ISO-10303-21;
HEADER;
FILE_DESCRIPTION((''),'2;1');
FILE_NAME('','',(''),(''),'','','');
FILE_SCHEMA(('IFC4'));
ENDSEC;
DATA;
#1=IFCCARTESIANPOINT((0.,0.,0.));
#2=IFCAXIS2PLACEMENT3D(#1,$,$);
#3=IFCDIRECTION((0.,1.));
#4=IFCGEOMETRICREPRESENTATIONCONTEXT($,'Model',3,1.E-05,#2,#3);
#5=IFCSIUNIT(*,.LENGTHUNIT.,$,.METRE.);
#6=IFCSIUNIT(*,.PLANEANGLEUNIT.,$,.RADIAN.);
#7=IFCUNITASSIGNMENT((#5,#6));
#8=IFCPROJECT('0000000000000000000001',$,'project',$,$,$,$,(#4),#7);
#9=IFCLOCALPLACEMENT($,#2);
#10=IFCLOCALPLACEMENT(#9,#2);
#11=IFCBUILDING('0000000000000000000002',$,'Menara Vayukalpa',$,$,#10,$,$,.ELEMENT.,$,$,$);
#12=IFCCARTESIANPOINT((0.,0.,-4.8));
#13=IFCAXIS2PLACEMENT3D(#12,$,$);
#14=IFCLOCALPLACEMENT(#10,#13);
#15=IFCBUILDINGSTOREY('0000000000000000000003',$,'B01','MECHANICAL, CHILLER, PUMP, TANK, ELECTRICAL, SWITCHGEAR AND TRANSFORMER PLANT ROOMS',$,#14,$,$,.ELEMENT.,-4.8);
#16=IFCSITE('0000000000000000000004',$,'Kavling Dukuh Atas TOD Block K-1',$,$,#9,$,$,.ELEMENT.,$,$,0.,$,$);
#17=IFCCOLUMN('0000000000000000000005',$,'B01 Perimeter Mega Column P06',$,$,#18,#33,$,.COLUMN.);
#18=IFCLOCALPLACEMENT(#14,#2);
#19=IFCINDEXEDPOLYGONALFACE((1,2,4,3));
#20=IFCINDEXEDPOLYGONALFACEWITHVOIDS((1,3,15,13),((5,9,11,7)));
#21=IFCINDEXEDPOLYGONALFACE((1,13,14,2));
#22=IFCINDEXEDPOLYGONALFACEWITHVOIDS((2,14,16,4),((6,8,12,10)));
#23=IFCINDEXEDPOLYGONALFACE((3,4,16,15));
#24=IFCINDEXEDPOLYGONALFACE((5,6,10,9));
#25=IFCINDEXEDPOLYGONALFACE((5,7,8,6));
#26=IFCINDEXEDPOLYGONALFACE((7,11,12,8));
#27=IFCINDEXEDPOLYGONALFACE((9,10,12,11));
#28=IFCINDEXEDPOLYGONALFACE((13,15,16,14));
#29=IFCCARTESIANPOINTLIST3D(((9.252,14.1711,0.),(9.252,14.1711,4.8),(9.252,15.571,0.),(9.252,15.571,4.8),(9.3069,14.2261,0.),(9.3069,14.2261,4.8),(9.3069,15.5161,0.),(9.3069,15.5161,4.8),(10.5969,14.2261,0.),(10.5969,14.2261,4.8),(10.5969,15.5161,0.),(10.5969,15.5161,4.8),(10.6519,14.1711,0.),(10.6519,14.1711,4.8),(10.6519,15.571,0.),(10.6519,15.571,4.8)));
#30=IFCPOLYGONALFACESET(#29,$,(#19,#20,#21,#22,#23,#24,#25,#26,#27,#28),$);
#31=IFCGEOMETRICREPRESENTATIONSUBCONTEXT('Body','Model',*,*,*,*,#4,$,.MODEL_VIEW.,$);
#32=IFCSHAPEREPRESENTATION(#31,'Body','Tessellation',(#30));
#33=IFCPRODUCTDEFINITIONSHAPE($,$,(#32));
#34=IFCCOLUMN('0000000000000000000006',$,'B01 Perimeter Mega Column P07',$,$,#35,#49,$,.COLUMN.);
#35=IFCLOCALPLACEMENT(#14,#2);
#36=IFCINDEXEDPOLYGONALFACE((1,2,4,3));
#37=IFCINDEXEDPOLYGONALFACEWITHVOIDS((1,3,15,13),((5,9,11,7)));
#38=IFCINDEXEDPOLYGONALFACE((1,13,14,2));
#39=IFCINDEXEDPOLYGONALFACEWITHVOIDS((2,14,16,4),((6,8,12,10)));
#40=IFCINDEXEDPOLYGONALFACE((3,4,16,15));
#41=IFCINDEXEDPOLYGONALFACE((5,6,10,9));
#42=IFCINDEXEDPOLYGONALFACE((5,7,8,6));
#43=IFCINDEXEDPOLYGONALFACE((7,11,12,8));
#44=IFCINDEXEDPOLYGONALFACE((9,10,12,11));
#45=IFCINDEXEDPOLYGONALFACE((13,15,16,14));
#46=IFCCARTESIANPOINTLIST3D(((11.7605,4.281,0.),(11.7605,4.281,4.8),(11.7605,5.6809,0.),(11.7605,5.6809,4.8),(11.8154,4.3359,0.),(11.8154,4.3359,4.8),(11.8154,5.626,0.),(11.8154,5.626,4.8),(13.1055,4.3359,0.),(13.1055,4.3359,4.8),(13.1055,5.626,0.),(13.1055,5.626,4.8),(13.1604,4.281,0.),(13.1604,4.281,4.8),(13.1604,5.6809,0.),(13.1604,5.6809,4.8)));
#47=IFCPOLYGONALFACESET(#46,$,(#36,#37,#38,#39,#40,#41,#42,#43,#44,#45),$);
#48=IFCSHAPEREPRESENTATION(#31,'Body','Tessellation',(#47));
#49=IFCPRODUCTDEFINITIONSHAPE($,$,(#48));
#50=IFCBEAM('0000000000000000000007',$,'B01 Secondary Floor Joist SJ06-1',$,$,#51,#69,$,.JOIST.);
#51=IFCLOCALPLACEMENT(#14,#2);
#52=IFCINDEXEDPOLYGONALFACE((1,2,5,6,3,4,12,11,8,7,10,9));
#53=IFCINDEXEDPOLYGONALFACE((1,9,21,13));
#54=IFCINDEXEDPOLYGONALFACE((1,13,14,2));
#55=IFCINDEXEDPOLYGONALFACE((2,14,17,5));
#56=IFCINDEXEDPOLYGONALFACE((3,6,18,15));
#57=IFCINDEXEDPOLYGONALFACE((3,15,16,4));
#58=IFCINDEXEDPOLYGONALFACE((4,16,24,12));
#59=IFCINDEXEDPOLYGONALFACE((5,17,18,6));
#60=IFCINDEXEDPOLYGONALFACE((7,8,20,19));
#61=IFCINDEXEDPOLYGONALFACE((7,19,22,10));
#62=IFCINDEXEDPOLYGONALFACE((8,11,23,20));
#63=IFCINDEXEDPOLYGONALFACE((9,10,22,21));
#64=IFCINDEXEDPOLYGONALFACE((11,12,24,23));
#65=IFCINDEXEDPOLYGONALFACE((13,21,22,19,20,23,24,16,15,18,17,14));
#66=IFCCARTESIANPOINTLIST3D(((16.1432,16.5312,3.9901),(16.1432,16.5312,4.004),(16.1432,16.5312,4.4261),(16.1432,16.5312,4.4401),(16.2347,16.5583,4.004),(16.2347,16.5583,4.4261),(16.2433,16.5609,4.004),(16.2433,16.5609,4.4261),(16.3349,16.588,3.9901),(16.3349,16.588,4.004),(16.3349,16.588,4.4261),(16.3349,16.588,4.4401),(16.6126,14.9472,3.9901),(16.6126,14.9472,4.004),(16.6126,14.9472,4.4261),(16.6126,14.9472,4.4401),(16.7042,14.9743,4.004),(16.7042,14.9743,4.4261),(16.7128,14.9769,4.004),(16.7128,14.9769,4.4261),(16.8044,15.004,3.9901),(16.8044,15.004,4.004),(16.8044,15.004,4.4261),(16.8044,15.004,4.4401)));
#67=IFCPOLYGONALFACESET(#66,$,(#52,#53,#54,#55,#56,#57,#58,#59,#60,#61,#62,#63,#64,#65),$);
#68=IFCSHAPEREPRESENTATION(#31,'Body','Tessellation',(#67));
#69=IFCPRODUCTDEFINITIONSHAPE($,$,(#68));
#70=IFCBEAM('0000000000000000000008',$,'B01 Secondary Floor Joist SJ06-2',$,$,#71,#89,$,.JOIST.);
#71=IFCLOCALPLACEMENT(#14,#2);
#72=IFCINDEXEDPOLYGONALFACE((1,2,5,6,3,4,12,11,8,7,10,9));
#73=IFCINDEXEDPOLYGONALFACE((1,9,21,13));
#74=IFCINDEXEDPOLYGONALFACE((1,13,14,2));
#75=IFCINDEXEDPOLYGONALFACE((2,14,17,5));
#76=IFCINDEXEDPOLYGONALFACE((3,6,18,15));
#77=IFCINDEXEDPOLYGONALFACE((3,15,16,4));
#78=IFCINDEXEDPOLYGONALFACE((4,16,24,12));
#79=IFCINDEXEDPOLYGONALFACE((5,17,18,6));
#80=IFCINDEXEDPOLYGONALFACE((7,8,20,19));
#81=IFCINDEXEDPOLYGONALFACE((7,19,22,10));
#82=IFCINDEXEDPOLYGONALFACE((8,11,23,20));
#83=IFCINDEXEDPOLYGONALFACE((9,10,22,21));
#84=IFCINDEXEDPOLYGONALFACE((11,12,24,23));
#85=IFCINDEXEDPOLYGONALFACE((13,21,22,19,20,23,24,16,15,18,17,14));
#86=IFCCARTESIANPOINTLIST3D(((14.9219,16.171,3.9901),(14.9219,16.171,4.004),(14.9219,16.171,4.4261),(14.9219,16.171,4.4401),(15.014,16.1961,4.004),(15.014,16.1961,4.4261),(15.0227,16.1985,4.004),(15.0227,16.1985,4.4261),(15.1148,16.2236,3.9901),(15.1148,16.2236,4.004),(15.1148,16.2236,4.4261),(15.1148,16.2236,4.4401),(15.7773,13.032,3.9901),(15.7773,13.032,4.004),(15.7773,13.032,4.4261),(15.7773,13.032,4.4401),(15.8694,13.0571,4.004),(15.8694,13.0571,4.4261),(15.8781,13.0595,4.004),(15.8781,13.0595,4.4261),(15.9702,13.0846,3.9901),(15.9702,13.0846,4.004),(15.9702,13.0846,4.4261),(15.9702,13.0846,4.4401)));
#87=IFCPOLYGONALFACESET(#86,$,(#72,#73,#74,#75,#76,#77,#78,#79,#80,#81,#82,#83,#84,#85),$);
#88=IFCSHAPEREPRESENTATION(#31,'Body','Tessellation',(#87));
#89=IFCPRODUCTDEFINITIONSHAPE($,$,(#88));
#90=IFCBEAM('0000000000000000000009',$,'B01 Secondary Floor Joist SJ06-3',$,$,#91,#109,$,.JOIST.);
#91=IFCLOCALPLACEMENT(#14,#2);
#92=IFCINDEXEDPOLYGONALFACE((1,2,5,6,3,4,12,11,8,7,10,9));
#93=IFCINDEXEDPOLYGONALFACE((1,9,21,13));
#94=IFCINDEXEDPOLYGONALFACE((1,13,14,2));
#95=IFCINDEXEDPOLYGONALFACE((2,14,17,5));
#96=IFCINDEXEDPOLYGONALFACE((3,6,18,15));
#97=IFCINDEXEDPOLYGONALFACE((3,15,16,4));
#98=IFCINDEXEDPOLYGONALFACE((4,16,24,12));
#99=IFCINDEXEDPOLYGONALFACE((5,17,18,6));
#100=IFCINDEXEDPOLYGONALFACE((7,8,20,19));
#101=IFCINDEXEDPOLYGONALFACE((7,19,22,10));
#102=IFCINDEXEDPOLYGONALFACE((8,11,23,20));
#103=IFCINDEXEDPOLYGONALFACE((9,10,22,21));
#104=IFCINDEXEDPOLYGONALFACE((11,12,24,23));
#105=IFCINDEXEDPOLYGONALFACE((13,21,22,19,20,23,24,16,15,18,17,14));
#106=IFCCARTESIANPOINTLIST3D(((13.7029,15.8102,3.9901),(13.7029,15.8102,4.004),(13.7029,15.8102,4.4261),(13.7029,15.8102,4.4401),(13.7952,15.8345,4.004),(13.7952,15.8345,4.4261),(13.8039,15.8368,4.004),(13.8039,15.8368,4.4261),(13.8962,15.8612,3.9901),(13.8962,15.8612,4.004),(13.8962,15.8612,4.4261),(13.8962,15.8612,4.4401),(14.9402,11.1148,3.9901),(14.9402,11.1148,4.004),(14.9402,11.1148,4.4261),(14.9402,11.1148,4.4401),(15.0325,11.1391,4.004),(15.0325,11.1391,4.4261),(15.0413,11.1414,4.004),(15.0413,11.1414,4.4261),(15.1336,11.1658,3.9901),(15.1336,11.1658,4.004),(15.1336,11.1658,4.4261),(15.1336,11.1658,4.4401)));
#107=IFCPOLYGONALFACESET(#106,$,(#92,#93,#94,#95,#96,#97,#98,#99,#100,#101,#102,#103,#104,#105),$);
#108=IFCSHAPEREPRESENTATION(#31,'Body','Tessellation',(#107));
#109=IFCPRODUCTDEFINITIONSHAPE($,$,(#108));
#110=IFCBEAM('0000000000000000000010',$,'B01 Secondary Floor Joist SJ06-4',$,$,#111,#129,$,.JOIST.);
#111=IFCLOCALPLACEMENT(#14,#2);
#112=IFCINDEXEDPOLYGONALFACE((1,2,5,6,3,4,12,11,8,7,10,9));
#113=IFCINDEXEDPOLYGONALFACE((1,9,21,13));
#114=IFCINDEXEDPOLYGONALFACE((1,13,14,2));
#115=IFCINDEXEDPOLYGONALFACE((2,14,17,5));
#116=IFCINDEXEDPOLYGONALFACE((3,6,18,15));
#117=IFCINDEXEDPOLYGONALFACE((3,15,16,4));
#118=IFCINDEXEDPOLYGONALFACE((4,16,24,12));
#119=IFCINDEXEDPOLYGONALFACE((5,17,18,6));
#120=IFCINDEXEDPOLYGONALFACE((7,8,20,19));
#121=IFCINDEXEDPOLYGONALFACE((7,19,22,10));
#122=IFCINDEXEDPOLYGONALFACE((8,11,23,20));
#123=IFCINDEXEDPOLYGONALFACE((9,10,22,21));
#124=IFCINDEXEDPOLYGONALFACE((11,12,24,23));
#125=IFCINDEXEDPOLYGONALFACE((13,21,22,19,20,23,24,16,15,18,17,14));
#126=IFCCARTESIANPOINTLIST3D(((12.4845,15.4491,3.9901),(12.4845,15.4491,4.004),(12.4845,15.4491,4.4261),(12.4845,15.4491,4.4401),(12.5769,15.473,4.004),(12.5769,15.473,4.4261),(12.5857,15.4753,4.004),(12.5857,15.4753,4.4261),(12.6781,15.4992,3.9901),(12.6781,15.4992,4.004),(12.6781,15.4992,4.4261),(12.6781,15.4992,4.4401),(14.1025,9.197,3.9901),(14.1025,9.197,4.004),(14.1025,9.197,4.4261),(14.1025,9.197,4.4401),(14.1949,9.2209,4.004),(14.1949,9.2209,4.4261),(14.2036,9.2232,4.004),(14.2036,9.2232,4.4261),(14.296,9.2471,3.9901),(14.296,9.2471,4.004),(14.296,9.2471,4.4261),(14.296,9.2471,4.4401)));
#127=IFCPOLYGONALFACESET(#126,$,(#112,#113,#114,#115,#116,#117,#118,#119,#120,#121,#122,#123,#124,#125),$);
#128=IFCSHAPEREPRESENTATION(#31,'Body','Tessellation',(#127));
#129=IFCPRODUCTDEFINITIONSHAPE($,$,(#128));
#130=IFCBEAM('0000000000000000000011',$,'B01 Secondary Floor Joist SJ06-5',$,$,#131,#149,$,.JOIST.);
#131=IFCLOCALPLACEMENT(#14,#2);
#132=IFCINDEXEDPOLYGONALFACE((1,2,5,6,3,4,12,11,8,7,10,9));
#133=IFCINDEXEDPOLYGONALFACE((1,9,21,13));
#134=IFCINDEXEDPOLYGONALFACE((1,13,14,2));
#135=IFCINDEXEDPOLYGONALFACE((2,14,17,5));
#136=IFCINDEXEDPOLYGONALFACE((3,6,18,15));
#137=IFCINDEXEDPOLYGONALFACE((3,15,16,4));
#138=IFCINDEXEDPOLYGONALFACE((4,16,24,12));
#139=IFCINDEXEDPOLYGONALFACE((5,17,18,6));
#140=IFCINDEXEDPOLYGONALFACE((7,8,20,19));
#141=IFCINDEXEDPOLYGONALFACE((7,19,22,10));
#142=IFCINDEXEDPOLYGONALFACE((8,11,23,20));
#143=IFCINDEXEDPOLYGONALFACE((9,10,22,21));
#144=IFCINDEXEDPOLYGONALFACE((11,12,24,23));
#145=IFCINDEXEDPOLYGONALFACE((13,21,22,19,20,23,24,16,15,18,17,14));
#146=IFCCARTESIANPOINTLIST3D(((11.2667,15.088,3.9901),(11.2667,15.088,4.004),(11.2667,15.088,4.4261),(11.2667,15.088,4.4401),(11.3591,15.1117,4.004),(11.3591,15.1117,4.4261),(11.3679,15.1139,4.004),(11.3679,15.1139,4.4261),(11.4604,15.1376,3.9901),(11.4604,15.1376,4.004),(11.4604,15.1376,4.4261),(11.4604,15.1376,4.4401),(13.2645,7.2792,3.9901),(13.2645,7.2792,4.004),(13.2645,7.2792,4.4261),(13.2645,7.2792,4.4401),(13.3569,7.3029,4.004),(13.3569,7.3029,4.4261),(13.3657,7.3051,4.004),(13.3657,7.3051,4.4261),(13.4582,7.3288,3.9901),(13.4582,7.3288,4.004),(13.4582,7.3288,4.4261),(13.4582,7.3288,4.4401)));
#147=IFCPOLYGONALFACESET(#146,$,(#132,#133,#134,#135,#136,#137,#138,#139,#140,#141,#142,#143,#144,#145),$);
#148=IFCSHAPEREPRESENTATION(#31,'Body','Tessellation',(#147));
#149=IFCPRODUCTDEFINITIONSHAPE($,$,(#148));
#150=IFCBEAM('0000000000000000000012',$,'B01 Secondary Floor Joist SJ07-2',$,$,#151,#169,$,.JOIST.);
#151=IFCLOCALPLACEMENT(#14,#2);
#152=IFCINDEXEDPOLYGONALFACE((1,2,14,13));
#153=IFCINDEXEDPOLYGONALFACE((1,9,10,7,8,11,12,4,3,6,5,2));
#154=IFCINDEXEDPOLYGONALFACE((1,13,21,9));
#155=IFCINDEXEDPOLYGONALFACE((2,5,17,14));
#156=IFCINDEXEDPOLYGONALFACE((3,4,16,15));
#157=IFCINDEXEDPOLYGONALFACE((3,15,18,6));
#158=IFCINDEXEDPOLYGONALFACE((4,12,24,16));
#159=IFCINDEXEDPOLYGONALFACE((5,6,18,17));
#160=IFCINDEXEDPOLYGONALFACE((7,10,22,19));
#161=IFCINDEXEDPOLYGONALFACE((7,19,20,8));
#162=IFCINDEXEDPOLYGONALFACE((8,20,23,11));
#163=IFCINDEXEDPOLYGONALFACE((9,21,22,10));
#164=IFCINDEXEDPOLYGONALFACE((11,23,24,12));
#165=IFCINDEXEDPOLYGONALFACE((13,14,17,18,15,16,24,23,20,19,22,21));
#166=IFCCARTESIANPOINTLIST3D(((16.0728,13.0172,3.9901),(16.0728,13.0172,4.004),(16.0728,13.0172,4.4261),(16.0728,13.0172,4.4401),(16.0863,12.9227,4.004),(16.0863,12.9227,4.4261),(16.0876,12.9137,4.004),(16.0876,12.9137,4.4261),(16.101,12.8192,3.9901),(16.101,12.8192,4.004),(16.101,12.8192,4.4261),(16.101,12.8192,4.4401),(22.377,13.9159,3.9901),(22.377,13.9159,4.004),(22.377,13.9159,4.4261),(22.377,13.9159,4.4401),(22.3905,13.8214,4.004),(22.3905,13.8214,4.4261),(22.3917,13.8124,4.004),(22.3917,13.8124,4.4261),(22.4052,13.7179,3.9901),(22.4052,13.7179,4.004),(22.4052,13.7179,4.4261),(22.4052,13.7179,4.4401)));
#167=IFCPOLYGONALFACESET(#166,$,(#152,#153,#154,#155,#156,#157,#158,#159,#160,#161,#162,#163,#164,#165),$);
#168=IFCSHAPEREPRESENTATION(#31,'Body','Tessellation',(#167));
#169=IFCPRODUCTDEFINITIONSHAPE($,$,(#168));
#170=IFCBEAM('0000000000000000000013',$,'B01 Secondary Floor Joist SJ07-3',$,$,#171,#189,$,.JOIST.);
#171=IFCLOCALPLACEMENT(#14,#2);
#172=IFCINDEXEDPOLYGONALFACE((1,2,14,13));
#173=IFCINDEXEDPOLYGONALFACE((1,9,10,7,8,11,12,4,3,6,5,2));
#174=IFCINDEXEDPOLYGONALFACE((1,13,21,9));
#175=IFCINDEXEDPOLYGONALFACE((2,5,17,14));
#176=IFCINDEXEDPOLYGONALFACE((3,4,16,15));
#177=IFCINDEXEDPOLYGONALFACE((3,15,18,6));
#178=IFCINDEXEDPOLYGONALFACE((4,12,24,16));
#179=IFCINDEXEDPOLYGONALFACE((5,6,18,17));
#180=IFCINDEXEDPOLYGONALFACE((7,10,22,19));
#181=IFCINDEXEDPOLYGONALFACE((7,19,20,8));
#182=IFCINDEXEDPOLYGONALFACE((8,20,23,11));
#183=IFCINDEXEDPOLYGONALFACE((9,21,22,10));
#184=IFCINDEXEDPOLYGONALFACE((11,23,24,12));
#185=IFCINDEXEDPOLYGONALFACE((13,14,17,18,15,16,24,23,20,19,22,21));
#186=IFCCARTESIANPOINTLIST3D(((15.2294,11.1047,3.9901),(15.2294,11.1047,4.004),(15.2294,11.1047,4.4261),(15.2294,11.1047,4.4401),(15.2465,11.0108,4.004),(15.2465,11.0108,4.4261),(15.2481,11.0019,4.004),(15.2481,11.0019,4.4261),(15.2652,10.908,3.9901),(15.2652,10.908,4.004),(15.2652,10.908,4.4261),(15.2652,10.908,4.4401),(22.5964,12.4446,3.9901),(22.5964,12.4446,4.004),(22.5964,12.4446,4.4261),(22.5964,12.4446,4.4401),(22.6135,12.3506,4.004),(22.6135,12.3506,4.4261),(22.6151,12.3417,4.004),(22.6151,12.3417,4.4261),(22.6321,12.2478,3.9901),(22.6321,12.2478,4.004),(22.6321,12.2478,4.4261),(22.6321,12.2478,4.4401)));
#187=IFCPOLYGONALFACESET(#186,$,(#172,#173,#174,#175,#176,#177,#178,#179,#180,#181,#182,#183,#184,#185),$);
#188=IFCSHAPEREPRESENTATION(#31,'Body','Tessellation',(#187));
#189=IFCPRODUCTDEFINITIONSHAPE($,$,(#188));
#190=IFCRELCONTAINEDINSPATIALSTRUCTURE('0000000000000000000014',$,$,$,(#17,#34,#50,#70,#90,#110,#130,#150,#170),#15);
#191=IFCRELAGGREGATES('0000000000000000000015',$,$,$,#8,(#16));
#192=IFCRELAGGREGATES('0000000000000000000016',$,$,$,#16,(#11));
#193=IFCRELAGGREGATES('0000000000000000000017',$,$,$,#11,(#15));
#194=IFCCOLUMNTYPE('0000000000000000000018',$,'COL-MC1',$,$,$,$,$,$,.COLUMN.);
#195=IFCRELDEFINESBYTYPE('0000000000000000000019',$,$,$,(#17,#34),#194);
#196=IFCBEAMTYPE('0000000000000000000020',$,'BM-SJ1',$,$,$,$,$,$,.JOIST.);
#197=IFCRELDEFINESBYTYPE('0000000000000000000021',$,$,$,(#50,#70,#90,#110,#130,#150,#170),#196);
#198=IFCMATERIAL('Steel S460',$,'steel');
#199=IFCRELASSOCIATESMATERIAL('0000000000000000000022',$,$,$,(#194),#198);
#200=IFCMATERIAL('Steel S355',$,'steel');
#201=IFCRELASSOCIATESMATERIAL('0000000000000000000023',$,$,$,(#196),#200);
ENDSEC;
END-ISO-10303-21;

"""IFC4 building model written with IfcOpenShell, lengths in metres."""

from ifc_helpers import new_model, si_unit, direction, frame, origin, origin_2d, place, context, subcontext, project, spatial, hollow_rectangle, i_section, extrude, material, material_profile, profile_set, type_object, element, save


model = new_model("IFC4")

# Units and contexts
model_context = context("Model", 3, precision=1e-05, world=origin(), true_north=direction((0.0, 1.0)))
body_context = subcontext(model_context, "Body", "Model", "MODEL_VIEW")
ifc_project = project(units=[si_unit("LENGTHUNIT", "METRE"), si_unit("PLANEANGLEUNIT", "RADIAN")], contexts=[model_context])

# Site, building, storey
site_placement = place(None, origin())
site = spatial("IfcSite", under=ifc_project, at=site_placement, Name="Kavling Dukuh Atas TOD Block K-1", CompositionType="ELEMENT", RefElevation=0.0)
building_placement = place(site_placement, origin())
building = spatial("IfcBuilding", under=site, at=building_placement, Name="Menara Vayukalpa", CompositionType="ELEMENT")
storey_placement = place(building_placement, frame((0.0, 0.0, -4.8)))
storey = spatial("IfcBuildingStorey", under=building, at=storey_placement, Name="B01", Description="MECHANICAL, CHILLER, PUMP, TANK, ELECTRICAL, SWITCHGEAR AND TRANSFORMER PLANT ROOMS", CompositionType="ELEMENT", Elevation=-4.8)

# Columns
ifc_material_1 = material(Name="Steel S460", Category="steel")
ifc_material_profile_1 = material_profile(ifc_material_1, hollow_rectangle(XDim=1.3999, YDim=1.3999, WallThickness=0.0549, at=origin_2d()), Name="BOX 1400x1400x55")
ifc_profile_set_1 = profile_set([ifc_material_profile_1], Name="Steel S460")
column_type = type_object("IfcColumnType", Name="COL-MC1", PredefinedType="COLUMN", material=ifc_profile_set_1)
for number, where, z_axis, x_axis, name in (
    (1, (9.9519, 14.8711, 0.0), (0.0, 0.0, 1.0), (1.0, 0.0, 0.0), "B01 Perimeter Mega Column P06"),
    (2, (12.4604, 4.981, 0.0), (0.0, 0.0, 1.0), (1.0, 0.0, 0.0), "B01 Perimeter Mega Column P07"),
):
    element("IfcColumn", number, at=place(storey_placement, frame(where, z_axis=z_axis, x_axis=x_axis)), inside=storey, type_object=column_type, Name=name, PredefinedType="COLUMN", context=body_context, shape_type="SweptSolid", body=[
        extrude(hollow_rectangle(XDim=1.3999, YDim=1.3999, WallThickness=0.0549, at=origin_2d()), origin(), (0.0, 0.0, 1.0), 4.8),
    ])

# Beams
ifc_material_2 = material(Name="Steel S355", Category="steel")
ifc_material_profile_2 = material_profile(ifc_material_2, i_section(OverallWidth=0.2, OverallDepth=0.45, WebThickness=0.009, FlangeThickness=0.0139, at=origin_2d()), Name="WF 450x200x9x14")
ifc_profile_set_2 = profile_set([ifc_material_profile_2], Name="Steel S355")
beam_type_1 = type_object("IfcBeamType", Name="BM-SJ1", PredefinedType="JOIST", material=ifc_profile_set_2)
beam_1_placement = place(storey_placement, frame((16.239, 16.5596, 4.2151), z_axis=(0.284174, -0.958773, 0.0), x_axis=(0.958773, 0.284174, 0.0)))
element("IfcBeam", 3, at=beam_1_placement, inside=storey, type_object=beam_type_1, Name="B01 Secondary Floor Joist SJ06-1", PredefinedType="JOIST", context=body_context, shape_type="SweptSolid", body=[
    extrude(i_section(OverallWidth=0.2, OverallDepth=0.45, WebThickness=0.009, FlangeThickness=0.0139, at=origin_2d()), origin(), (0.0, 0.0, 1.0), 1.6521),
])
beam_2_placement = place(storey_placement, frame((15.0183, 16.1973, 4.2151), z_axis=(0.262946, -0.964811, 0.0), x_axis=(0.964811, 0.262946, 0.0)))
element("IfcBeam", 4, at=beam_2_placement, inside=storey, type_object=beam_type_1, Name="B01 Secondary Floor Joist SJ06-2", PredefinedType="JOIST", context=body_context, shape_type="SweptSolid", body=[
    extrude(i_section(OverallWidth=0.2, OverallDepth=0.45, WebThickness=0.009, FlangeThickness=0.0139, at=origin_2d()), origin(), (0.0, 0.0, 1.0), 3.2534),
])
beam_3_placement = place(storey_placement, frame((13.7996, 15.8357, 4.2151), z_axis=(0.25482, -0.966989, 0.0), x_axis=(0.966989, 0.25482, 0.0)))
element("IfcBeam", 5, at=beam_3_placement, inside=storey, type_object=beam_type_1, Name="B01 Secondary Floor Joist SJ06-3", PredefinedType="JOIST", context=body_context, shape_type="SweptSolid", body=[
    extrude(i_section(OverallWidth=0.2, OverallDepth=0.45, WebThickness=0.009, FlangeThickness=0.0139, at=origin_2d()), origin(), (0.0, 0.0, 1.0), 4.8557),
])
beam_4_placement = place(storey_placement, frame((12.5813, 15.4741, 4.2151), z_axis=(0.250533, -0.968108, 0.0), x_axis=(0.968108, 0.250533, 0.0)))
element("IfcBeam", 6, at=beam_4_placement, inside=storey, type_object=beam_type_1, Name="B01 Secondary Floor Joist SJ06-4", PredefinedType="JOIST", context=body_context, shape_type="SweptSolid", body=[
    extrude(i_section(OverallWidth=0.2, OverallDepth=0.45, WebThickness=0.009, FlangeThickness=0.0139, at=origin_2d()), origin(), (0.0, 0.0, 1.0), 6.458),
])
beam_5_placement = place(storey_placement, frame((11.3635, 15.1128, 4.2151), z_axis=(0.247856, -0.968797, 0.0), x_axis=(0.968797, 0.247856, 0.0)))
element("IfcBeam", 7, at=beam_5_placement, inside=storey, type_object=beam_type_1, Name="B01 Secondary Floor Joist SJ06-5", PredefinedType="JOIST", context=body_context, shape_type="SweptSolid", body=[
    extrude(i_section(OverallWidth=0.2, OverallDepth=0.45, WebThickness=0.009, FlangeThickness=0.0139, at=origin_2d()), origin(), (0.0, 0.0, 1.0), 8.0603),
])
beam_6_placement = place(storey_placement, frame((16.0869, 12.9182, 4.2151), z_axis=(0.989992, 0.141126, 0.0), x_axis=(-0.141126, 0.989992, 0.0)))
element("IfcBeam", 8, at=beam_6_placement, inside=storey, type_object=beam_type_1, Name="B01 Secondary Floor Joist SJ07-2", PredefinedType="JOIST", context=body_context, shape_type="SweptSolid", body=[
    extrude(i_section(OverallWidth=0.2, OverallDepth=0.45, WebThickness=0.009, FlangeThickness=0.0139, at=origin_2d()), origin(), (0.0, 0.0, 1.0), 6.3679),
])
beam_7_placement = place(storey_placement, frame((15.2473, 11.0063, 4.2151), z_axis=(0.983861, 0.178937, 0.0), x_axis=(-0.178937, 0.983861, 0.0)))
element("IfcBeam", 9, at=beam_7_placement, inside=storey, type_object=beam_type_1, Name="B01 Secondary Floor Joist SJ07-3", PredefinedType="JOIST", context=body_context, shape_type="SweptSolid", body=[
    extrude(i_section(OverallWidth=0.2, OverallDepth=0.45, WebThickness=0.009, FlangeThickness=0.0139, at=origin_2d()), origin(), (0.0, 0.0, 1.0), 7.4878),
])

save(model, "model.ifc")
